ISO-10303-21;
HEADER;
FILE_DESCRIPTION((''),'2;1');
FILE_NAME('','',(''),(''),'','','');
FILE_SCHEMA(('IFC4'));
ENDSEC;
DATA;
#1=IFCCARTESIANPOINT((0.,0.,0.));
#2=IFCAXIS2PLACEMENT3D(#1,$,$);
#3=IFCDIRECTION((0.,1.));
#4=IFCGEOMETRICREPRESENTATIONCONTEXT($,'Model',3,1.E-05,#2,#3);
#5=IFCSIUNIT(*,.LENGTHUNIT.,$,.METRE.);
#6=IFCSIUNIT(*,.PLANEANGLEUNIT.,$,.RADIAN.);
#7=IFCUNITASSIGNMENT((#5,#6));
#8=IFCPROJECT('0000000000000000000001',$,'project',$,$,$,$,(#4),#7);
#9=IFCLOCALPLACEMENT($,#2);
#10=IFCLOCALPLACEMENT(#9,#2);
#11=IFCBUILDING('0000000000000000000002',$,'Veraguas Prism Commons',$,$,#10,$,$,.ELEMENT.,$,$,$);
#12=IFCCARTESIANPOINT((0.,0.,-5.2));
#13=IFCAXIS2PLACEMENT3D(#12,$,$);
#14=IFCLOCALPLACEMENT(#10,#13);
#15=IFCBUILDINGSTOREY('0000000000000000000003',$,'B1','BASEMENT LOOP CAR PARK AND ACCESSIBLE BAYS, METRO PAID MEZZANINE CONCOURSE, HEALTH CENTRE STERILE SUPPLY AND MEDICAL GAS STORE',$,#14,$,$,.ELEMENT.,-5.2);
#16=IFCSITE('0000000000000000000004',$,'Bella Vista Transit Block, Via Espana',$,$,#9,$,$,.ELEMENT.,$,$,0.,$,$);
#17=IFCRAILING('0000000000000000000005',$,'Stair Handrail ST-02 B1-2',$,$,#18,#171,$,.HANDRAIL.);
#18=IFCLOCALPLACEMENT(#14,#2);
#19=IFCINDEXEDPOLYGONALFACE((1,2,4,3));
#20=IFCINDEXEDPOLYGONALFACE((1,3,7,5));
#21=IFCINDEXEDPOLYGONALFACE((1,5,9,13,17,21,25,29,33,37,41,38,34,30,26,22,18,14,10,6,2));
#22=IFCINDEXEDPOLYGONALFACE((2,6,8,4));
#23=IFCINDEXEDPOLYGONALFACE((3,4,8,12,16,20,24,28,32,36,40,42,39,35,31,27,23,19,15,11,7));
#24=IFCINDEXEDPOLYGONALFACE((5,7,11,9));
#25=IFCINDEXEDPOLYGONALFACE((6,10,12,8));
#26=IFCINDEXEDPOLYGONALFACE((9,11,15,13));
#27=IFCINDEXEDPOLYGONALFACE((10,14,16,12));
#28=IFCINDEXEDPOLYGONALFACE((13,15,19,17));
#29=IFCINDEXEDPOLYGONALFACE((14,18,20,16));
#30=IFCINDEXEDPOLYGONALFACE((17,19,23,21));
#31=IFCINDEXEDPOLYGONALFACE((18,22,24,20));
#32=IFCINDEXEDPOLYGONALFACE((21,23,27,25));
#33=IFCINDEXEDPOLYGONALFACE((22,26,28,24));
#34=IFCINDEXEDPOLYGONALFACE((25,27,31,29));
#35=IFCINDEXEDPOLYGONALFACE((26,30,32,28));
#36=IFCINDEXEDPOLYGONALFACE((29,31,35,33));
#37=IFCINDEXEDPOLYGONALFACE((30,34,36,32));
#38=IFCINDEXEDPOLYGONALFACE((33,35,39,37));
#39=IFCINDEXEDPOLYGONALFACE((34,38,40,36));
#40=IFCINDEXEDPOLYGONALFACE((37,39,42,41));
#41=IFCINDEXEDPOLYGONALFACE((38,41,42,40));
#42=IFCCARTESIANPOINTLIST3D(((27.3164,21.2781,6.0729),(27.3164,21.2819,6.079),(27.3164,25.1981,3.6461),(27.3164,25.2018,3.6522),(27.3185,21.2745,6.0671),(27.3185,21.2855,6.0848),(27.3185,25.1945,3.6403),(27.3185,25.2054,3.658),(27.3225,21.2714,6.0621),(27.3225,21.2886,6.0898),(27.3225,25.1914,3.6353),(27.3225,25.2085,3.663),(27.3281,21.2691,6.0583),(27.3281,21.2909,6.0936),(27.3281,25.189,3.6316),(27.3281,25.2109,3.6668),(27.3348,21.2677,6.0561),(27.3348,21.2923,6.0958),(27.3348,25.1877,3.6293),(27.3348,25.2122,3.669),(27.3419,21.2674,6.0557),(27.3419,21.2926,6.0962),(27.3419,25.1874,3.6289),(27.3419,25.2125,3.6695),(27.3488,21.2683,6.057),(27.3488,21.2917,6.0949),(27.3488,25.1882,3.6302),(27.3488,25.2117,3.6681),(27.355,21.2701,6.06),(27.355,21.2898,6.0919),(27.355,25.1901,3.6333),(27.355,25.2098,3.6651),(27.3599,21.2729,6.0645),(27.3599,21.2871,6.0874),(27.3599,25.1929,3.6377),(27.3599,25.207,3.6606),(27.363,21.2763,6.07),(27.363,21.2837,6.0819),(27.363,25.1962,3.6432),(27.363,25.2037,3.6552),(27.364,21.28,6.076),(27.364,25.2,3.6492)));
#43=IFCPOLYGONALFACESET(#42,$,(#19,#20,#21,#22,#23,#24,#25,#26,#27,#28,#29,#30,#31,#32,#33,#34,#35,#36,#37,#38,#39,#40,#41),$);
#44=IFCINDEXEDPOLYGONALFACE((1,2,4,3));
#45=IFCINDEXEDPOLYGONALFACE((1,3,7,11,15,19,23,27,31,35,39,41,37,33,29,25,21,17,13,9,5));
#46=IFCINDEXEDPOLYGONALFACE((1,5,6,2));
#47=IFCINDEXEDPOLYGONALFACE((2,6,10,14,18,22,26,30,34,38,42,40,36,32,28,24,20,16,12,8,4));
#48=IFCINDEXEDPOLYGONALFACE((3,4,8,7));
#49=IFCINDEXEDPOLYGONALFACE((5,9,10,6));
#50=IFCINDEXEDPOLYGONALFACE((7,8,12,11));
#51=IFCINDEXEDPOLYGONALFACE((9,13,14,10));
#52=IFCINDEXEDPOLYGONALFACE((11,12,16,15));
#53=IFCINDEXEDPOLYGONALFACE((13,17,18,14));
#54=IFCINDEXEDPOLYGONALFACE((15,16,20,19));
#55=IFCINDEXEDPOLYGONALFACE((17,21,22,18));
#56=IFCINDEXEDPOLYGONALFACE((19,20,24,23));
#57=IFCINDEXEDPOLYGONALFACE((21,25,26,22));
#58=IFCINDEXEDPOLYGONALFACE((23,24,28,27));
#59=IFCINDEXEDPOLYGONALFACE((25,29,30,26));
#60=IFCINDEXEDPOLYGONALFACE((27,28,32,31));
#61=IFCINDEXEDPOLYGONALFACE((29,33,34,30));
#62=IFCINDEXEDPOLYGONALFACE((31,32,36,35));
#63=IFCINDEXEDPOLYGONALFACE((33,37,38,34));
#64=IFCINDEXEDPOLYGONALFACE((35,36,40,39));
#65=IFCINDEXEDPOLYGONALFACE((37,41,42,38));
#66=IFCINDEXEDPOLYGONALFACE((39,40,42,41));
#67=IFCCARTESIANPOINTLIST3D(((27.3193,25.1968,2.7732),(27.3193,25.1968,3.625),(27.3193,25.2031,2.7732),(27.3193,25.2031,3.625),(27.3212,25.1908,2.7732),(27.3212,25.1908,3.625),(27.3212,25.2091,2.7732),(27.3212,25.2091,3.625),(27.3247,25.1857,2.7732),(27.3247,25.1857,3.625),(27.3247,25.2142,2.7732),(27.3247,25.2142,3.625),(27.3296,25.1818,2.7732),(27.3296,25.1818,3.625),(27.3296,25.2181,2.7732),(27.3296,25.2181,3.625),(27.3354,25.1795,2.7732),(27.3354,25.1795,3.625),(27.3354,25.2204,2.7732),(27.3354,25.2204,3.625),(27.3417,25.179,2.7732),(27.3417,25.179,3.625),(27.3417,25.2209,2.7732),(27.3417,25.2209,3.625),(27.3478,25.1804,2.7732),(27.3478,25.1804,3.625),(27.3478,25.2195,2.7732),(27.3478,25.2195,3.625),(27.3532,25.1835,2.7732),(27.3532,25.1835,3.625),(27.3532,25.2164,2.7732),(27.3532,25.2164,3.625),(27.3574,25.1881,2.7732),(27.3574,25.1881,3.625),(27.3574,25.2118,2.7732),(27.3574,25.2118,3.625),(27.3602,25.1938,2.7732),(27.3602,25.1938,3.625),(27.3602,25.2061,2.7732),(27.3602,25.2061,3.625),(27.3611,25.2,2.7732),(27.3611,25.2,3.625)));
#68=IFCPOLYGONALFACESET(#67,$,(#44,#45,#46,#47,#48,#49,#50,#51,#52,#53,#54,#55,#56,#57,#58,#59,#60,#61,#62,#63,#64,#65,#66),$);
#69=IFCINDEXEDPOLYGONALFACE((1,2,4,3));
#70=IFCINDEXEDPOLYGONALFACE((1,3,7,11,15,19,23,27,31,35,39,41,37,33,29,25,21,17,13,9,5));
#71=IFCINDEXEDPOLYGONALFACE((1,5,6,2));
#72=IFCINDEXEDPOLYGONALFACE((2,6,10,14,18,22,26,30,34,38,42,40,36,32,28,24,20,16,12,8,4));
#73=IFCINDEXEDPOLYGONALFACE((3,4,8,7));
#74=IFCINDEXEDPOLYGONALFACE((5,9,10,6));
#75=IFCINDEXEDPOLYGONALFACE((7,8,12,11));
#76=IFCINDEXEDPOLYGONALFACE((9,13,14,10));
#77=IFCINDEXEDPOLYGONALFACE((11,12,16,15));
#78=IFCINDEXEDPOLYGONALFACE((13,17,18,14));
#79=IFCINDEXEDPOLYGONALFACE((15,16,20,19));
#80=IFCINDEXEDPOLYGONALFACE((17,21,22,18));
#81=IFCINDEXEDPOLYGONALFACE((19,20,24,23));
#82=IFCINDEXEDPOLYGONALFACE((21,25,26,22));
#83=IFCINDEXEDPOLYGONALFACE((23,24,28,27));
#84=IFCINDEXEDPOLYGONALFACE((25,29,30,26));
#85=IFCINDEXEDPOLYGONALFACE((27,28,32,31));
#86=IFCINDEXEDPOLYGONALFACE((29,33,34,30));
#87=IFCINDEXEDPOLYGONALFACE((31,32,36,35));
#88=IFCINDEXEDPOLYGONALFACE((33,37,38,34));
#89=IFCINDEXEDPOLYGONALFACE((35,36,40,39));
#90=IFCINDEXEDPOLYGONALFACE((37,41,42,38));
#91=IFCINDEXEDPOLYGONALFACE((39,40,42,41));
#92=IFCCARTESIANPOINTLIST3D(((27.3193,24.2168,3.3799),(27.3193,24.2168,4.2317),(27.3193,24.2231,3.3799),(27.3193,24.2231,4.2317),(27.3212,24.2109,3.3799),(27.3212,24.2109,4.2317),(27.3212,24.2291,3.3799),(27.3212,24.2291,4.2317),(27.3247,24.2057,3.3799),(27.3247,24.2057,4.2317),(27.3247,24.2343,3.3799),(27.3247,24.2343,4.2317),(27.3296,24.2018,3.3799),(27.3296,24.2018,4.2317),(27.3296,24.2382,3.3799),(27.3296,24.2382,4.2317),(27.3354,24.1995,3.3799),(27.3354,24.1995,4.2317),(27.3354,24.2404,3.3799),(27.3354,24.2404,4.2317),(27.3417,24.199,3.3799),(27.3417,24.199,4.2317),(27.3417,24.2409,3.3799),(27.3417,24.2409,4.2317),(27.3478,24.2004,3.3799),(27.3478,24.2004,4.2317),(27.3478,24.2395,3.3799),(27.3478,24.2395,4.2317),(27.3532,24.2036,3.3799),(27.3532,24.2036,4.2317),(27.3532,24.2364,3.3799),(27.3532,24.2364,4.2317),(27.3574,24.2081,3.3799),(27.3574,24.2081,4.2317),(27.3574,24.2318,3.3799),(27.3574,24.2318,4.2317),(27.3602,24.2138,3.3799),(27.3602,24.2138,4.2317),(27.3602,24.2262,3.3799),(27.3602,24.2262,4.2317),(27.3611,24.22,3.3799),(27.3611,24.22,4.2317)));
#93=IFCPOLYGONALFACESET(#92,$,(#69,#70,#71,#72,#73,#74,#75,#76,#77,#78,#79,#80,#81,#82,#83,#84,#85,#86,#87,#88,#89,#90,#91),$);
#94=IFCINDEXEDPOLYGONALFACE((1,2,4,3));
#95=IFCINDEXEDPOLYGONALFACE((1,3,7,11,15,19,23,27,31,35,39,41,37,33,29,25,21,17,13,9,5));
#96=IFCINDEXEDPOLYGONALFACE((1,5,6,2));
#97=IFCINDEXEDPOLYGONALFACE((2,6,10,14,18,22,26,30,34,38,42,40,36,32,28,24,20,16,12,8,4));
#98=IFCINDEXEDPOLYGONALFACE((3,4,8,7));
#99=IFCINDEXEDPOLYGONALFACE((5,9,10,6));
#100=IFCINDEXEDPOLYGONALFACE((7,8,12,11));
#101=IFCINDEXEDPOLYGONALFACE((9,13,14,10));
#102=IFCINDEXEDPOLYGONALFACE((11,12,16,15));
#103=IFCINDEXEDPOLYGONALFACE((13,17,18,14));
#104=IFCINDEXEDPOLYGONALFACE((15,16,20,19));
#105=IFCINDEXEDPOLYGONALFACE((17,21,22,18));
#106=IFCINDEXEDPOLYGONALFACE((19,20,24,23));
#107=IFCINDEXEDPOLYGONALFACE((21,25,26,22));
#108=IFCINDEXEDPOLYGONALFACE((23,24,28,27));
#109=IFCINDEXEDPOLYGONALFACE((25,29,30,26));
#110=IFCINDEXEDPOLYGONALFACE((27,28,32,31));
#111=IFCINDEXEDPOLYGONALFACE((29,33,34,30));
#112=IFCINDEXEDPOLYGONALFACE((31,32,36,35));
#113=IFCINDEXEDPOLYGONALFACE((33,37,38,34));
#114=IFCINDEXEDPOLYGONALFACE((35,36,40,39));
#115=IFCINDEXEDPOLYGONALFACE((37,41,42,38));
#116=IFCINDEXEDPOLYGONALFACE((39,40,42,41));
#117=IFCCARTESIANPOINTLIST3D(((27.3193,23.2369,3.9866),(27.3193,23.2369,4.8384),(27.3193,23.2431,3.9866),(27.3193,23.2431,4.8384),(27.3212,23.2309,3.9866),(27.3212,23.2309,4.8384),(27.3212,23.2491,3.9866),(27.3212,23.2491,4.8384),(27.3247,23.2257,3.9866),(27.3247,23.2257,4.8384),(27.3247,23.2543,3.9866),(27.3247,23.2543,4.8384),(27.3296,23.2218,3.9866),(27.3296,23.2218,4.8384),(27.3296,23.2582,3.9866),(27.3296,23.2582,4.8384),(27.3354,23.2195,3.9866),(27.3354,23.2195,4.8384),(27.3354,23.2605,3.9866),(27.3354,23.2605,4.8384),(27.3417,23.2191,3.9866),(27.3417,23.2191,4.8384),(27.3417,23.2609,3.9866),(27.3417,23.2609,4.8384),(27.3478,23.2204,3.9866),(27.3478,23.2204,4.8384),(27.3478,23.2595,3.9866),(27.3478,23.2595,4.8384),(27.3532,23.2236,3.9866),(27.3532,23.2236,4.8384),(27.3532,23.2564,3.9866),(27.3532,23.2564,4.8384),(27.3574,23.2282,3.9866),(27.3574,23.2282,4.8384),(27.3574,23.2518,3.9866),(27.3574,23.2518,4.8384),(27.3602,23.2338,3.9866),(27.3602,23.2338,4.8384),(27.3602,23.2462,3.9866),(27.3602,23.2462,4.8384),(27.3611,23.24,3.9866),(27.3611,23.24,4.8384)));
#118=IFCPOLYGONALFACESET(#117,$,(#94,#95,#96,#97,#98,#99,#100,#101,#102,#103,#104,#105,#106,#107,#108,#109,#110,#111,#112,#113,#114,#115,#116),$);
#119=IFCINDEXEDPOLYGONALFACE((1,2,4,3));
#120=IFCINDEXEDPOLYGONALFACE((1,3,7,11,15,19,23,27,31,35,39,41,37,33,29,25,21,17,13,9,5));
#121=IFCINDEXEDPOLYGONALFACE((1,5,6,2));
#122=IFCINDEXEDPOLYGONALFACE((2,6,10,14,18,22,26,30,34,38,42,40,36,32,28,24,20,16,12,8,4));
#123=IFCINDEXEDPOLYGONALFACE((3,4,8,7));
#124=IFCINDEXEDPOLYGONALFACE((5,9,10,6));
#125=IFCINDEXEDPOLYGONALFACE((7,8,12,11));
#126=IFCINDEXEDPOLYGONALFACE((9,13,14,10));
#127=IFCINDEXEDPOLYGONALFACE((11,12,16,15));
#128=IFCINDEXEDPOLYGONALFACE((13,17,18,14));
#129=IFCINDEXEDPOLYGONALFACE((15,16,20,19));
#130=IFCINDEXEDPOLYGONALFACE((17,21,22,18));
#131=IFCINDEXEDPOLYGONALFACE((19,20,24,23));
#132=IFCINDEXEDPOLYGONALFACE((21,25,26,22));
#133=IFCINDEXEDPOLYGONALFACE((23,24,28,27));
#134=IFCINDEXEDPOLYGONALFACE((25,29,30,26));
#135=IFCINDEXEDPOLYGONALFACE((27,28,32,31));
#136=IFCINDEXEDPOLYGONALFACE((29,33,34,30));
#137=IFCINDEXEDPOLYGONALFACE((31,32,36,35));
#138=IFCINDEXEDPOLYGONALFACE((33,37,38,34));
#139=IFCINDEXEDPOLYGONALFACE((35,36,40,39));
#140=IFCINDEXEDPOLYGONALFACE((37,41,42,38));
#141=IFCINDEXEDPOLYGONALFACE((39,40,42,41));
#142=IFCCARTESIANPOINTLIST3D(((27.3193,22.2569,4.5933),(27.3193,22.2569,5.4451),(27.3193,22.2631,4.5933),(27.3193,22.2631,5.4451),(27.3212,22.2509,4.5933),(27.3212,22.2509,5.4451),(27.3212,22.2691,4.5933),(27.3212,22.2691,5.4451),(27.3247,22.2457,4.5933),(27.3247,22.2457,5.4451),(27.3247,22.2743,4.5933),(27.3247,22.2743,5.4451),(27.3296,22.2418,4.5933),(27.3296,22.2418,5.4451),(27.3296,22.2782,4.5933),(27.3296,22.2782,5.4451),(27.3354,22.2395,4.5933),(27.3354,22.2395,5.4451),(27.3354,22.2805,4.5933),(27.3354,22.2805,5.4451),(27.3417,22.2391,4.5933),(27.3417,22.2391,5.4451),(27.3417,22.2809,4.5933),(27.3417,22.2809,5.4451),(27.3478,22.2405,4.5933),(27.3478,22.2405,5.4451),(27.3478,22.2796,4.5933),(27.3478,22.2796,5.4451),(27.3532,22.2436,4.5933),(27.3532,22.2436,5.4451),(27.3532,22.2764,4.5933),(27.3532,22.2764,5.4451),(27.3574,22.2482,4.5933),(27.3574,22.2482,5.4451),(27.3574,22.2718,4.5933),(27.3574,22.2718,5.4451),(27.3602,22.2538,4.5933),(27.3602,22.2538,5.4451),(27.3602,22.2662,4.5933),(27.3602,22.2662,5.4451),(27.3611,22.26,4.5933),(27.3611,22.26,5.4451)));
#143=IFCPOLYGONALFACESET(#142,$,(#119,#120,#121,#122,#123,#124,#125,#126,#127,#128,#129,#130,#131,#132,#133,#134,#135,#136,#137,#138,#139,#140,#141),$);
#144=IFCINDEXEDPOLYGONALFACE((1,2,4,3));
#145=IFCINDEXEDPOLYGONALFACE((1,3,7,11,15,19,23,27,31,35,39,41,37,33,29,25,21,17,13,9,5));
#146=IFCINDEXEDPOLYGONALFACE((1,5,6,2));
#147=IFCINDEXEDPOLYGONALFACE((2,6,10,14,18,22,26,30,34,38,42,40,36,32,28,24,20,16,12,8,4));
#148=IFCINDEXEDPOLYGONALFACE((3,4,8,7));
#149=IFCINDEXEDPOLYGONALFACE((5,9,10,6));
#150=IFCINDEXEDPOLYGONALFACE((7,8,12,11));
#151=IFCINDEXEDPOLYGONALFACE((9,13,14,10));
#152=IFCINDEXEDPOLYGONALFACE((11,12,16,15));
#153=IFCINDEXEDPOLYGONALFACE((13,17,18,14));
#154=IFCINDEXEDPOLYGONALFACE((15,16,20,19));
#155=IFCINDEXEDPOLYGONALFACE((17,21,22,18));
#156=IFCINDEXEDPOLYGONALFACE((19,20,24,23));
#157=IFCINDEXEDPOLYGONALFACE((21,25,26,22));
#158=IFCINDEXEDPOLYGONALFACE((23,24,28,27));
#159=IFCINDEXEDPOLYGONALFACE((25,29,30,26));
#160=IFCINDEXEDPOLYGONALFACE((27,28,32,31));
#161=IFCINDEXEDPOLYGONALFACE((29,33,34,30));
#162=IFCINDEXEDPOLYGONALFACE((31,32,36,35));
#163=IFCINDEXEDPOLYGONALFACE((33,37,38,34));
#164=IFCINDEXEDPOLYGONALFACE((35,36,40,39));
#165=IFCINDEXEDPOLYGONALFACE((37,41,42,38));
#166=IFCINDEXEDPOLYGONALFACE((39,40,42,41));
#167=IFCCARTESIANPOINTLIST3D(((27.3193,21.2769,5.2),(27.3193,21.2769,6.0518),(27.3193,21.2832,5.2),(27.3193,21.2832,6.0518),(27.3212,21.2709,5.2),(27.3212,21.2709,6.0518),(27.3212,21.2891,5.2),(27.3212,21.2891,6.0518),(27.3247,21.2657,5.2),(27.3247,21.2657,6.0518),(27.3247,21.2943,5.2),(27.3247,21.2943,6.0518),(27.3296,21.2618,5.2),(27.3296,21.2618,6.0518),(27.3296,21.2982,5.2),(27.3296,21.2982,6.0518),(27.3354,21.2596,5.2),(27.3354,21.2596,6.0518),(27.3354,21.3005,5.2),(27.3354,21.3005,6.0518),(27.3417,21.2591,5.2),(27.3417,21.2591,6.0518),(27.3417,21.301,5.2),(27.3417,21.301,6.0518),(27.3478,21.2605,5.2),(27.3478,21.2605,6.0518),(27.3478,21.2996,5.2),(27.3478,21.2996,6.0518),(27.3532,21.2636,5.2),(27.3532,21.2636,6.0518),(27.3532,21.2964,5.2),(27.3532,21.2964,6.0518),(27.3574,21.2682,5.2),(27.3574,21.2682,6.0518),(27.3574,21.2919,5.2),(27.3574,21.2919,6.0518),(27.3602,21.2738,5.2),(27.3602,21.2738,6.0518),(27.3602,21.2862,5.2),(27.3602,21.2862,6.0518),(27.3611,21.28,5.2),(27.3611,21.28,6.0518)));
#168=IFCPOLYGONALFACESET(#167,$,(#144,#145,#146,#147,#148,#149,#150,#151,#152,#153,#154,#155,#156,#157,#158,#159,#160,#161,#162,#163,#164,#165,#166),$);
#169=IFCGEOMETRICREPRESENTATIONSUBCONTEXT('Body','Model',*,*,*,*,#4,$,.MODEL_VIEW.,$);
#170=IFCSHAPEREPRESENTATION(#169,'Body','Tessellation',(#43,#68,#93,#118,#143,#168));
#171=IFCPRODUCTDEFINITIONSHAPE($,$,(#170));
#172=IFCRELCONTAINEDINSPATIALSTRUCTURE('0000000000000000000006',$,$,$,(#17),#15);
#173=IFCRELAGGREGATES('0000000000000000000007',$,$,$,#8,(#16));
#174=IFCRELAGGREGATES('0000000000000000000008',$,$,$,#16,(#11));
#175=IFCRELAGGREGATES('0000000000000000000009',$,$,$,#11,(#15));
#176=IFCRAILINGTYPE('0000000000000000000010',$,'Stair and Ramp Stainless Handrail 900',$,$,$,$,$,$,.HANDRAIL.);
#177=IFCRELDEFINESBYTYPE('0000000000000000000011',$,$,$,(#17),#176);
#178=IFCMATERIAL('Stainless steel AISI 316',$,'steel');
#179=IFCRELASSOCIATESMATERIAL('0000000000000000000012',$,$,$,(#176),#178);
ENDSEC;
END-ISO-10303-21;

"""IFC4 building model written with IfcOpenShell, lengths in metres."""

from ifc_helpers import new_model, si_unit, direction, frame, origin, origin_2d, place, context, subcontext, project, spatial, circle, extrude, material, type_object, element, save


model = new_model("IFC4")

# Units and contexts
model_context = context("Model", 3, precision=1e-05, world=origin(), true_north=direction((0.0, 1.0)))
body_context = subcontext(model_context, "Body", "Model", "MODEL_VIEW")
ifc_project = project(units=[si_unit("LENGTHUNIT", "METRE"), si_unit("PLANEANGLEUNIT", "RADIAN")], contexts=[model_context])

# Site, building, storey
site_placement = place(None, origin())
site = spatial("IfcSite", under=ifc_project, at=site_placement, Name="Bella Vista Transit Block, Via Espana", CompositionType="ELEMENT", RefElevation=0.0)
building_placement = place(site_placement, origin())
building = spatial("IfcBuilding", under=site, at=building_placement, Name="Veraguas Prism Commons", CompositionType="ELEMENT")
storey_placement = place(building_placement, frame((0.0, 0.0, -5.2)))
storey = spatial("IfcBuildingStorey", under=building, at=storey_placement, Name="B1", Description="BASEMENT LOOP CAR PARK AND ACCESSIBLE BAYS, METRO PAID MEZZANINE CONCOURSE, HEALTH CENTRE STERILE SUPPLY AND MEDICAL GAS STORE", CompositionType="ELEMENT", Elevation=-5.2)

# Railing
ifc_material_1 = material(Name="Stainless steel AISI 316", Category="steel")
railing_type_1 = type_object("IfcRailingType", Name="Stair and Ramp Stainless Handrail 900", PredefinedType="HANDRAIL", material=ifc_material_1)
railing_1_placement = place(storey_placement, frame((27.3401, 25.2, 2.7732)))
element("IfcRailing", 1, at=railing_1_placement, inside=storey, type_object=railing_type_1, Name="Stair Handrail ST-02 B1-2", PredefinedType="HANDRAIL", context=body_context, shape_type="SweptSolid", body=[
    extrude(circle(Radius=0.0239, at=origin_2d()), frame((0.0, 0.0, 0.876), z_axis=(0.0, -0.850252, 0.526376), x_axis=(1.0, 0.0, 0.0)), (0.0, 0.0, 1.0), 4.6104),
    extrude(circle(Radius=0.021, at=origin_2d()), origin(), (0.0, 0.0, 1.0), 0.8518),
    extrude(circle(Radius=0.021, at=origin_2d()), frame((0.0, -0.98, 0.6067)), (0.0, 0.0, 1.0), 0.8518),
    extrude(circle(Radius=0.021, at=origin_2d()), frame((0.0, -1.96, 1.2134)), (0.0, 0.0, 1.0), 0.8518),
    extrude(circle(Radius=0.021, at=origin_2d()), frame((0.0, -2.9399, 1.8201)), (0.0, 0.0, 1.0), 0.8518),
    extrude(circle(Radius=0.021, at=origin_2d()), frame((0.0, -3.9199, 2.4268)), (0.0, 0.0, 1.0), 0.8518),
])

save(model, "model.ifc")
